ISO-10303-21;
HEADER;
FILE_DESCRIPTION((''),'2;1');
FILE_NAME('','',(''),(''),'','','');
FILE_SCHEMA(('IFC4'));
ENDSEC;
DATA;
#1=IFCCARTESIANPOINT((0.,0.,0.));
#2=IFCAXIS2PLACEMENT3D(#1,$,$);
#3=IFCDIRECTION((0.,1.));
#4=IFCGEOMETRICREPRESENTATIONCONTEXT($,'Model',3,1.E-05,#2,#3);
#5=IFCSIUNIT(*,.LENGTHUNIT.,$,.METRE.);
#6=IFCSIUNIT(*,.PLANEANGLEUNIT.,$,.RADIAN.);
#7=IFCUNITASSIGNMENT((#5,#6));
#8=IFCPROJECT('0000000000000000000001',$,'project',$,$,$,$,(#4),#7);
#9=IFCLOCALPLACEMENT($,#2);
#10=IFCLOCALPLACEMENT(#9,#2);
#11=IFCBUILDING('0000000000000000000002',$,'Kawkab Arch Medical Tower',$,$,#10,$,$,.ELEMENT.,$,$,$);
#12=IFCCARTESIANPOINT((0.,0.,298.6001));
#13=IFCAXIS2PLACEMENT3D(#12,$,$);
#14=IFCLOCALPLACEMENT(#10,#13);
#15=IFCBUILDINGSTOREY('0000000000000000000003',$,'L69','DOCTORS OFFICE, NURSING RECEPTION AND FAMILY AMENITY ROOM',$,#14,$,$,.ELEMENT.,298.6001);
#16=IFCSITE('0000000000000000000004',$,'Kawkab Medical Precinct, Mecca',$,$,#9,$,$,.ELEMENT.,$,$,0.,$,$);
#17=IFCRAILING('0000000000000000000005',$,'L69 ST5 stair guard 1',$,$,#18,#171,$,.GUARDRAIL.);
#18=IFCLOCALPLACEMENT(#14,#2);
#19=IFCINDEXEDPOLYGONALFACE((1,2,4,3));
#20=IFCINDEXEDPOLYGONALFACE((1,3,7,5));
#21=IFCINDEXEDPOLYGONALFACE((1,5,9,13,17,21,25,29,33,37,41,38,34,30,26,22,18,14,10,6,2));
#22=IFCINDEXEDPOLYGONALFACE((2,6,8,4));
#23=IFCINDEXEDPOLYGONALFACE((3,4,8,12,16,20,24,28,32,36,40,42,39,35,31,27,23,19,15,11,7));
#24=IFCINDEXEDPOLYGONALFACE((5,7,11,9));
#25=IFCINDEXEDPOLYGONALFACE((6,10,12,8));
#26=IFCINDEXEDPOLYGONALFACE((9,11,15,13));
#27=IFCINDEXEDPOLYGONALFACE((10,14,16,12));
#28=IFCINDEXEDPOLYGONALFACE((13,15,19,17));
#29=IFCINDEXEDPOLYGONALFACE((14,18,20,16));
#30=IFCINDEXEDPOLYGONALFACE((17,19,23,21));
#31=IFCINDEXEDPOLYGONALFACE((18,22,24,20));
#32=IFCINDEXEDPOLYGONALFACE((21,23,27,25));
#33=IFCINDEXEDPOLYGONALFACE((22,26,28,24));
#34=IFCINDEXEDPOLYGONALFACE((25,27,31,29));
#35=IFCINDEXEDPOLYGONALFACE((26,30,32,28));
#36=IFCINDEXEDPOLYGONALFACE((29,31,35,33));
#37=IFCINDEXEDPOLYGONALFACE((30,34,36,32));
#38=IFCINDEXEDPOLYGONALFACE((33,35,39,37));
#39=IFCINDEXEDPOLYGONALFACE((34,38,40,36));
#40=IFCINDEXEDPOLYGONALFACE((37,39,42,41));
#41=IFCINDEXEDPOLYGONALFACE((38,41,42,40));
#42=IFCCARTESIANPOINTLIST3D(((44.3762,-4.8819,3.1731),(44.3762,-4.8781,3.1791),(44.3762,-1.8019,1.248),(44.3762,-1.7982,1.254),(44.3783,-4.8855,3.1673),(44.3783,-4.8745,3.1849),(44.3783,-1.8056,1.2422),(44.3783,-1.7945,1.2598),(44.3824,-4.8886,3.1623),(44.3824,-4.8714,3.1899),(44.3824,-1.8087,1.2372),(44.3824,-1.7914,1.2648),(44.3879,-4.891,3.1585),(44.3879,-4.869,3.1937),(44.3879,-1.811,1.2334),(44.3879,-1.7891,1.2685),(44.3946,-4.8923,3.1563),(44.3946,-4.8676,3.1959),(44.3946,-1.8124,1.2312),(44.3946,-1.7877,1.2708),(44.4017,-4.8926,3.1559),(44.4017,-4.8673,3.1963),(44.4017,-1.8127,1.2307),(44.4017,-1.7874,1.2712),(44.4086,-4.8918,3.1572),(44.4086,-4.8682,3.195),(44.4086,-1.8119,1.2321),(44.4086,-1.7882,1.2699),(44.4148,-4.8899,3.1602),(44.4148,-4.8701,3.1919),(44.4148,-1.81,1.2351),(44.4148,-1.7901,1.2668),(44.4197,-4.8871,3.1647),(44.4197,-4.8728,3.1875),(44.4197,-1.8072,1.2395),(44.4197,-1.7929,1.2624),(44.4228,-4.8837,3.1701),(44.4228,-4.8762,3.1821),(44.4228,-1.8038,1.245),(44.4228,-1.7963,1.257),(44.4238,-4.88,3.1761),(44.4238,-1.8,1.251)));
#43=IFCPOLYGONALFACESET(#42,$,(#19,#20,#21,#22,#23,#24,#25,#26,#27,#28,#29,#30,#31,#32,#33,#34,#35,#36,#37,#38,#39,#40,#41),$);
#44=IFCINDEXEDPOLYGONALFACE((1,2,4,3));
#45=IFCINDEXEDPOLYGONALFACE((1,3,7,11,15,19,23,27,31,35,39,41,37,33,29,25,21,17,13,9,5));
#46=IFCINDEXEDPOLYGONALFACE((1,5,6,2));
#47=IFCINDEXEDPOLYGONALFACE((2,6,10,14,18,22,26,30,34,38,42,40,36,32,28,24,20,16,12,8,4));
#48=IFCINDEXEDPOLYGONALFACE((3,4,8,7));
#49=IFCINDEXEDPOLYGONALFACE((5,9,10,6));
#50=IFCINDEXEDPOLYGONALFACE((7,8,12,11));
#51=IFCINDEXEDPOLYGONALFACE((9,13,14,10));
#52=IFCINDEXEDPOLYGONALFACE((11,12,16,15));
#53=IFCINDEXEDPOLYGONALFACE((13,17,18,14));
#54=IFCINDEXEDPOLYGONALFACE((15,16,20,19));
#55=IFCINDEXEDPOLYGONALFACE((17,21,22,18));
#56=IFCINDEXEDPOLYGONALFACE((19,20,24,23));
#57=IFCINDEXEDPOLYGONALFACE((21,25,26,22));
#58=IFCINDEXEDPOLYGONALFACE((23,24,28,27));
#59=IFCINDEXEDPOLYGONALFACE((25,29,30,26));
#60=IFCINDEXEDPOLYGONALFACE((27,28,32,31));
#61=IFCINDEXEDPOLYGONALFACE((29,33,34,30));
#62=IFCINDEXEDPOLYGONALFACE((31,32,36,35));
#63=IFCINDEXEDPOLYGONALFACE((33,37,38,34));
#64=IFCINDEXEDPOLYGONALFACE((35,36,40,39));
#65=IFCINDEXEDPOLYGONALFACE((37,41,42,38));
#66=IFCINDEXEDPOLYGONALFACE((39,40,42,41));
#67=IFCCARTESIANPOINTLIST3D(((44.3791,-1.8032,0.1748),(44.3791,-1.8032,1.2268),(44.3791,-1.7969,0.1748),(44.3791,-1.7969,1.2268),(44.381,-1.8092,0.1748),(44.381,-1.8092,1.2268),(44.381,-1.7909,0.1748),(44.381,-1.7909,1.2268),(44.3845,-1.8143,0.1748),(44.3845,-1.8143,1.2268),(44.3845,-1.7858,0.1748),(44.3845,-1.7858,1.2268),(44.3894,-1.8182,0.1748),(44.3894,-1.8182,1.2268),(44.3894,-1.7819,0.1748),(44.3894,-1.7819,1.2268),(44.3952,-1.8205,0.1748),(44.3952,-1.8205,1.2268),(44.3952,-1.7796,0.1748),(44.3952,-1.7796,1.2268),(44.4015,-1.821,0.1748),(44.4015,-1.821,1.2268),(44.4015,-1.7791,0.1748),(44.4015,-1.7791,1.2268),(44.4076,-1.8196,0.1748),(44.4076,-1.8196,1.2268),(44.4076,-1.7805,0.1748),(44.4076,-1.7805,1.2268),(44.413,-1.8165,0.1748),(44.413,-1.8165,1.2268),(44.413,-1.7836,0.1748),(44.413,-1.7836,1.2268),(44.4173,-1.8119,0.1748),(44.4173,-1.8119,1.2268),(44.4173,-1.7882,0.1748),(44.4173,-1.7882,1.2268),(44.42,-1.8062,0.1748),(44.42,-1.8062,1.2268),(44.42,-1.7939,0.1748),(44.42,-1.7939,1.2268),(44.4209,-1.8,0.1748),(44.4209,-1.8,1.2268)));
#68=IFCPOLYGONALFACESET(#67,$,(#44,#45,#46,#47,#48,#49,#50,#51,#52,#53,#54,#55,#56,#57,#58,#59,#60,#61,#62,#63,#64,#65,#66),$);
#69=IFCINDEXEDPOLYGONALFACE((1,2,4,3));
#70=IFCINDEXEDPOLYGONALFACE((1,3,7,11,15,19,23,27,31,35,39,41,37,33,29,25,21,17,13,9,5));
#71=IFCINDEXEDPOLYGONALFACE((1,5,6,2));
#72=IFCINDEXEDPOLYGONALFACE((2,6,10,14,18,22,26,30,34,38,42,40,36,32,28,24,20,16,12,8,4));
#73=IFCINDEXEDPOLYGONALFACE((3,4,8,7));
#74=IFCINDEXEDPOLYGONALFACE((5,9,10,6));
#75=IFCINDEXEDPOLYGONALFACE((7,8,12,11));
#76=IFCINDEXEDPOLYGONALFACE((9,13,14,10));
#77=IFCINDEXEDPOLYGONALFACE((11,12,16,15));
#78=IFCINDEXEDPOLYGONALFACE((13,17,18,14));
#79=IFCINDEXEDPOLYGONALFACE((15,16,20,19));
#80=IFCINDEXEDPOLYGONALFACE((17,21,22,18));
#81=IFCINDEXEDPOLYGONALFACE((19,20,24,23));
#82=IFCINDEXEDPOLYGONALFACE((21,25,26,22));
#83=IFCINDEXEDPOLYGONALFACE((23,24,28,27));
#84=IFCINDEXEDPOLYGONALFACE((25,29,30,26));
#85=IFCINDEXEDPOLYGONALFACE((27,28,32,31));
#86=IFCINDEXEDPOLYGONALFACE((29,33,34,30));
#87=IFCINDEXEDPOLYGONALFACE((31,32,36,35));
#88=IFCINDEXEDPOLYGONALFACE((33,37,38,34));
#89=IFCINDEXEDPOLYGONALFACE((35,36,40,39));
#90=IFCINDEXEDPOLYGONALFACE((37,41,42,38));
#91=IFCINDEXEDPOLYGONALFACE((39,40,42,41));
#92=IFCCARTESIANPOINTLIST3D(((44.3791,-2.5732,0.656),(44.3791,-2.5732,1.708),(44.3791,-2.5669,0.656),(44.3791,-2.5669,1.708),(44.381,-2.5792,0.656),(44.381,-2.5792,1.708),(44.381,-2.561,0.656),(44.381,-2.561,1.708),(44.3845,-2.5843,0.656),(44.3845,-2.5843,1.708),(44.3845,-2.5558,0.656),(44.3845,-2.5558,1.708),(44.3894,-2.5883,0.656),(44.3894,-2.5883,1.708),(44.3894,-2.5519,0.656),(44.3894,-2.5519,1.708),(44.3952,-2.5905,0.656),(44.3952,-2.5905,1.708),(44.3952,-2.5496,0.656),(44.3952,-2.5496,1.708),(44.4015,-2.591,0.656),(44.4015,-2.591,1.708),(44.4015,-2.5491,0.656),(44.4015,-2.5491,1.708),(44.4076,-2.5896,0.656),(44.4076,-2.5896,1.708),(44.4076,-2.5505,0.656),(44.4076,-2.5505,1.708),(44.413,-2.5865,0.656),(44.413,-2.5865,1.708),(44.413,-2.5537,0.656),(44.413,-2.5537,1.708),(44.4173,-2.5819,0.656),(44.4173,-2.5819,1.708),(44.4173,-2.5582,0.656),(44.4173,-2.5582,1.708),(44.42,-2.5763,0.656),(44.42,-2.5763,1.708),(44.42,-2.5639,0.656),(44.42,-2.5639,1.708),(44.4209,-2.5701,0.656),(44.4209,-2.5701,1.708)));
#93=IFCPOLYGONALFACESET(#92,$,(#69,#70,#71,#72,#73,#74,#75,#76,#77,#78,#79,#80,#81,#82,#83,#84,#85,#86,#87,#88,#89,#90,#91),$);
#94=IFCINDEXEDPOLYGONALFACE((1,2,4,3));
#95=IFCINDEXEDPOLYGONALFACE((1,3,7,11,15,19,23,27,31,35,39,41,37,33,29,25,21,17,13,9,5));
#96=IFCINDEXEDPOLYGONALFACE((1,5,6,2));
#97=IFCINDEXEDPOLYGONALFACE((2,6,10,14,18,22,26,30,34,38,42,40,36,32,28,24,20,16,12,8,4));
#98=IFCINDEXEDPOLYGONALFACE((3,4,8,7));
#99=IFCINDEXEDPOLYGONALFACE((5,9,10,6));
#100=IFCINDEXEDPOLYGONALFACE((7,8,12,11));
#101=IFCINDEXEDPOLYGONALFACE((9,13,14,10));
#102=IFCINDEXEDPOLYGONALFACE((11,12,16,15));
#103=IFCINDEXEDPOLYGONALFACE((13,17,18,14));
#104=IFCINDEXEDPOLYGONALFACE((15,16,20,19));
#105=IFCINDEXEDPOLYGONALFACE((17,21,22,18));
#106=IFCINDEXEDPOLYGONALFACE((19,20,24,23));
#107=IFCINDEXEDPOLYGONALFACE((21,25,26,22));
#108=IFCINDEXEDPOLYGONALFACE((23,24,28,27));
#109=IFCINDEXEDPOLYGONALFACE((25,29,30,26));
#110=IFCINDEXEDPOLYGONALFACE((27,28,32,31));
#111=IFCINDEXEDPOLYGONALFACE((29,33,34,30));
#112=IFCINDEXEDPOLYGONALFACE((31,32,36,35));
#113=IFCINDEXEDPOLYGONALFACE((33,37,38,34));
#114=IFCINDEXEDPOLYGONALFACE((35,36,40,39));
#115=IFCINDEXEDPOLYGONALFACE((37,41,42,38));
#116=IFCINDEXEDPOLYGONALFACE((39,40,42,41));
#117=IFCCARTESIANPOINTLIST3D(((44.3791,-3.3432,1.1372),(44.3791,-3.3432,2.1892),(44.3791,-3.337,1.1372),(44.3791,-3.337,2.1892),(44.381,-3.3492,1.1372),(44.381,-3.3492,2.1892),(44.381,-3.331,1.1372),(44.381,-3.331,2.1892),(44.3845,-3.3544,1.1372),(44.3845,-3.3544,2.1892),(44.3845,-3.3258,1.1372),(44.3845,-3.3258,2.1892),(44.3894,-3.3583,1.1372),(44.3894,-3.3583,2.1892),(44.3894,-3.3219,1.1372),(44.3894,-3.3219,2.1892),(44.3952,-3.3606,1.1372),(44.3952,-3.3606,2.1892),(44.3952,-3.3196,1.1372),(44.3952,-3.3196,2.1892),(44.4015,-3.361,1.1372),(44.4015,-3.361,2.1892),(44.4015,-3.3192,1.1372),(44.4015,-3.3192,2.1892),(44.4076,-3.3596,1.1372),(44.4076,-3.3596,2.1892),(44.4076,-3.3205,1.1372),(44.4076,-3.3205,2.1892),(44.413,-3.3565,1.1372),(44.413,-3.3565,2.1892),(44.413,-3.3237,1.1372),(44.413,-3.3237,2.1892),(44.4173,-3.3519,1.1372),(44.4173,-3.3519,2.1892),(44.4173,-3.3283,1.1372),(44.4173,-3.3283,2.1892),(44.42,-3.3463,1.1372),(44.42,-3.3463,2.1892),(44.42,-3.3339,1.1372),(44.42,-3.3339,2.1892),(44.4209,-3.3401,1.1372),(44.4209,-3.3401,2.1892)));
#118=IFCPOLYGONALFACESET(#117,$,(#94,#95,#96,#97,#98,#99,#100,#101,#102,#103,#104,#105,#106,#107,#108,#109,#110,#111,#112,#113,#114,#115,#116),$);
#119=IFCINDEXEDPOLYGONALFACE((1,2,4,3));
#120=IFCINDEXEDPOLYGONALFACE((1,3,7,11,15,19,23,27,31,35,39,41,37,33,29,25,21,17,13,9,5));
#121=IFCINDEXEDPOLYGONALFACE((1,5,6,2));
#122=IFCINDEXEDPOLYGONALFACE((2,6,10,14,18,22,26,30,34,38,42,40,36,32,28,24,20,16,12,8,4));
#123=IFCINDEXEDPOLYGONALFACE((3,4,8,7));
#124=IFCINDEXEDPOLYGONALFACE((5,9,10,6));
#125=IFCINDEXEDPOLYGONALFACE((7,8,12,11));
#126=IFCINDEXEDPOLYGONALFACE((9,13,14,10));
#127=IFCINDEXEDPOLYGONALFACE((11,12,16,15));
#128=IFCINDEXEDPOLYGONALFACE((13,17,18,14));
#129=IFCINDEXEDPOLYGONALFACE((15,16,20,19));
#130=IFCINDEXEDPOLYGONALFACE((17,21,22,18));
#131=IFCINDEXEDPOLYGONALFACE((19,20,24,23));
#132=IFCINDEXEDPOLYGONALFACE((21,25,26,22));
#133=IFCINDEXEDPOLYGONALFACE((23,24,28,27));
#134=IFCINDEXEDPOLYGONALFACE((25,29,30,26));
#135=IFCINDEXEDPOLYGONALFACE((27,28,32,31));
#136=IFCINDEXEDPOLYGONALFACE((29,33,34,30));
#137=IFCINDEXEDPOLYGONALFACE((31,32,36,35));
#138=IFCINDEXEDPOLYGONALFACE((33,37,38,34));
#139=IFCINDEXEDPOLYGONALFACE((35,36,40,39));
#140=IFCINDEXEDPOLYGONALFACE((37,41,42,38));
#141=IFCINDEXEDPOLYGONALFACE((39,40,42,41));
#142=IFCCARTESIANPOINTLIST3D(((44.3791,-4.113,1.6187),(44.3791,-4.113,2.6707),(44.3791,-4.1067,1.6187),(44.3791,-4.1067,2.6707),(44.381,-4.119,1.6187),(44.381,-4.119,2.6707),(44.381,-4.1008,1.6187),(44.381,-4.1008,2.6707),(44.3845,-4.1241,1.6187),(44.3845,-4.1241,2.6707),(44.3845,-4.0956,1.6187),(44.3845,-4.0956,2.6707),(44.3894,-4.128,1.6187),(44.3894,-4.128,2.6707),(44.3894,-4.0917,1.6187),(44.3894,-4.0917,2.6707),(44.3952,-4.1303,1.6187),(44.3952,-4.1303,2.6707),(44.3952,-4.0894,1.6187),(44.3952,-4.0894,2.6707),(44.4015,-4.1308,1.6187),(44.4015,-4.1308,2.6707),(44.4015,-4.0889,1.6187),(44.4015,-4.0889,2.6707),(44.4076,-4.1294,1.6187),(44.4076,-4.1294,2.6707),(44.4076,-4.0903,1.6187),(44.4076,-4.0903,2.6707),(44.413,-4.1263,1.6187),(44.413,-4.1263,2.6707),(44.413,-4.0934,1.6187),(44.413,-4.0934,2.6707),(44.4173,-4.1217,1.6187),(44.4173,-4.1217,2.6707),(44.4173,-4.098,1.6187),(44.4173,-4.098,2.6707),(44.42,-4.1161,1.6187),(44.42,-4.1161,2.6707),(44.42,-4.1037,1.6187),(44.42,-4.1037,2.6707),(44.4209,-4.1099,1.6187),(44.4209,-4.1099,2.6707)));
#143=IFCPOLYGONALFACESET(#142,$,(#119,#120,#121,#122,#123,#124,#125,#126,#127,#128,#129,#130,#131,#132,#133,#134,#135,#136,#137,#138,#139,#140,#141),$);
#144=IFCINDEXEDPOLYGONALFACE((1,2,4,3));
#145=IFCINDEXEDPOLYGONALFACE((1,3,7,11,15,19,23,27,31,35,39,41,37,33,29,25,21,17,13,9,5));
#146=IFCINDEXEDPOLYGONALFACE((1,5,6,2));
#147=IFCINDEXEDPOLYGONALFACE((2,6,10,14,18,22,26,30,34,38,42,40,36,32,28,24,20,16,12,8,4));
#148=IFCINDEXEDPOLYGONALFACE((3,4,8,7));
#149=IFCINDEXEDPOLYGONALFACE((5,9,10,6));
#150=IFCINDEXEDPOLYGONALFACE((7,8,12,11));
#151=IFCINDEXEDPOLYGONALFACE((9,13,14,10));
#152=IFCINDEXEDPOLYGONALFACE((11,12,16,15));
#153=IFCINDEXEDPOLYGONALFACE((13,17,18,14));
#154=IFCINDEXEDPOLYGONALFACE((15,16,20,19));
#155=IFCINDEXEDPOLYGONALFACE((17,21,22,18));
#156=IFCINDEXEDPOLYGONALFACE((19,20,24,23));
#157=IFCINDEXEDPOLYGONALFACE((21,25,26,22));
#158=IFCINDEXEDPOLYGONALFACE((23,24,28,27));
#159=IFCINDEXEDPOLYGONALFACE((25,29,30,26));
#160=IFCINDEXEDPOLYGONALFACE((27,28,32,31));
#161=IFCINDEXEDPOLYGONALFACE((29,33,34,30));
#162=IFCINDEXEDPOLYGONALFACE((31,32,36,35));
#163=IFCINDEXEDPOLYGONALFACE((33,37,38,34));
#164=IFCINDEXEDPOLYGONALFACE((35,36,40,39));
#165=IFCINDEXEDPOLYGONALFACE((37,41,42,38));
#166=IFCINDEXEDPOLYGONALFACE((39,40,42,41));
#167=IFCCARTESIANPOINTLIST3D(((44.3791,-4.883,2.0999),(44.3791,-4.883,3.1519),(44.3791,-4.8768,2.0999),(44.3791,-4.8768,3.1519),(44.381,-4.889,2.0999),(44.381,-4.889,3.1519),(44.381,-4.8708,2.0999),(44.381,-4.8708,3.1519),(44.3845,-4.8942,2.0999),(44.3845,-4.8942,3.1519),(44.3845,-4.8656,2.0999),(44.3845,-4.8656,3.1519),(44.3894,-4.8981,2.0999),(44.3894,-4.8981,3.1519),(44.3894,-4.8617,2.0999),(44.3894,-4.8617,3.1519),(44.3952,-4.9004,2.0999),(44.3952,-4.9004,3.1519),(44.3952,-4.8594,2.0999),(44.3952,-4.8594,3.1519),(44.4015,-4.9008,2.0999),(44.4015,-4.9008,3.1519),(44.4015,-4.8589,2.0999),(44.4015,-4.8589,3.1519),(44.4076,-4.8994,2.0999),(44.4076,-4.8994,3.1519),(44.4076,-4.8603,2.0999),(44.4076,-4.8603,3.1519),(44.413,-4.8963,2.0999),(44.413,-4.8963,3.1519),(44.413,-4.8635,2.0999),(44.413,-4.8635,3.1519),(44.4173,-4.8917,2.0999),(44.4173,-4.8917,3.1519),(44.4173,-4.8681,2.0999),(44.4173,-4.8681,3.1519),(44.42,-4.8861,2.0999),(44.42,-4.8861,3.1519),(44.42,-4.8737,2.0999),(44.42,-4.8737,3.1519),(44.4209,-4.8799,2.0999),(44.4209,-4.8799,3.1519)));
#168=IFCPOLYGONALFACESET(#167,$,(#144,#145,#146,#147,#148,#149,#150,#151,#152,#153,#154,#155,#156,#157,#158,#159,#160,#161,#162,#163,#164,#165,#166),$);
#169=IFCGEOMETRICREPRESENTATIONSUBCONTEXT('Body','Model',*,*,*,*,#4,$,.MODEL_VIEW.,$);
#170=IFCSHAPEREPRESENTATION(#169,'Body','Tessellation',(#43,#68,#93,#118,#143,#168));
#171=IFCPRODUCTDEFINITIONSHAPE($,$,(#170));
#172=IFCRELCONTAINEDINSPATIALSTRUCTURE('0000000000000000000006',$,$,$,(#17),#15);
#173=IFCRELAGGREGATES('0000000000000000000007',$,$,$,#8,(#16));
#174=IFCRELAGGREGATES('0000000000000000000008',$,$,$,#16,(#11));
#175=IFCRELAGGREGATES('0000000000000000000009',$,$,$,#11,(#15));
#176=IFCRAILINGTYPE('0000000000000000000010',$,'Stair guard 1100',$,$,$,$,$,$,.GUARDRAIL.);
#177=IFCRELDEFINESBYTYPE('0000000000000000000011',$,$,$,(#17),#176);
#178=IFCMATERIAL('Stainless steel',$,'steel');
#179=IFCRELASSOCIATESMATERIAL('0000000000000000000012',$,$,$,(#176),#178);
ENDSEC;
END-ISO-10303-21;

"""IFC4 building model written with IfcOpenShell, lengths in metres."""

from ifc_helpers import new_model, si_unit, direction, frame, origin, origin_2d, place, context, subcontext, project, spatial, circle, extrude, material, type_object, element, save


model = new_model("IFC4")

# Units and contexts
model_context = context("Model", 3, precision=1e-05, world=origin(), true_north=direction((0.0, 1.0)))
body_context = subcontext(model_context, "Body", "Model", "MODEL_VIEW")
ifc_project = project(units=[si_unit("LENGTHUNIT", "METRE"), si_unit("PLANEANGLEUNIT", "RADIAN")], contexts=[model_context])

# Site, building, storey
site_placement = place(None, origin())
site = spatial("IfcSite", under=ifc_project, at=site_placement, Name="Kawkab Medical Precinct, Mecca", CompositionType="ELEMENT", RefElevation=0.0)
building_placement = place(site_placement, origin())
building = spatial("IfcBuilding", under=site, at=building_placement, Name="Kawkab Arch Medical Tower", CompositionType="ELEMENT")
storey_placement = place(building_placement, frame((0.0, 0.0, 298.6001)))
storey = spatial("IfcBuildingStorey", under=building, at=storey_placement, Name="L69", Description="DOCTORS OFFICE, NURSING RECEPTION AND FAMILY AMENITY ROOM", CompositionType="ELEMENT", Elevation=298.6001)

# Railing
ifc_material_1 = material(Name="Stainless steel", Category="steel")
railing_type = type_object("IfcRailingType", Name="Stair guard 1100", PredefinedType="GUARDRAIL", material=ifc_material_1)
railing_1_placement = place(storey_placement, frame((44.3999, -1.8, 0.1748)))
element("IfcRailing", 1, at=railing_1_placement, inside=storey, type_object=railing_type, Name="L69 ST5 stair guard 1", PredefinedType="GUARDRAIL", context=body_context, shape_type="SweptSolid", body=[
    extrude(circle(Radius=0.0239, at=origin_2d()), frame((0.0, 0.0, 1.0762), z_axis=(0.0, -0.847979, 0.530029), x_axis=(1.0, 0.0, 0.0)), (0.0, 0.0, 1.0), 3.6321),
    extrude(circle(Radius=0.021, at=origin_2d()), origin(), (0.0, 0.0, 1.0), 1.052),
    extrude(circle(Radius=0.021, at=origin_2d()), frame((0.0, -0.77, 0.4812)), (0.0, 0.0, 1.0), 1.052),
    extrude(circle(Radius=0.021, at=origin_2d()), frame((0.0, -1.54, 0.9624)), (0.0, 0.0, 1.0), 1.052),
    extrude(circle(Radius=0.021, at=origin_2d()), frame((0.0, -2.3098, 1.4438)), (0.0, 0.0, 1.0), 1.052),
    extrude(circle(Radius=0.021, at=origin_2d()), frame((0.0, -3.0798, 1.925)), (0.0, 0.0, 1.0), 1.052),
])

save(model, "model.ifc")
